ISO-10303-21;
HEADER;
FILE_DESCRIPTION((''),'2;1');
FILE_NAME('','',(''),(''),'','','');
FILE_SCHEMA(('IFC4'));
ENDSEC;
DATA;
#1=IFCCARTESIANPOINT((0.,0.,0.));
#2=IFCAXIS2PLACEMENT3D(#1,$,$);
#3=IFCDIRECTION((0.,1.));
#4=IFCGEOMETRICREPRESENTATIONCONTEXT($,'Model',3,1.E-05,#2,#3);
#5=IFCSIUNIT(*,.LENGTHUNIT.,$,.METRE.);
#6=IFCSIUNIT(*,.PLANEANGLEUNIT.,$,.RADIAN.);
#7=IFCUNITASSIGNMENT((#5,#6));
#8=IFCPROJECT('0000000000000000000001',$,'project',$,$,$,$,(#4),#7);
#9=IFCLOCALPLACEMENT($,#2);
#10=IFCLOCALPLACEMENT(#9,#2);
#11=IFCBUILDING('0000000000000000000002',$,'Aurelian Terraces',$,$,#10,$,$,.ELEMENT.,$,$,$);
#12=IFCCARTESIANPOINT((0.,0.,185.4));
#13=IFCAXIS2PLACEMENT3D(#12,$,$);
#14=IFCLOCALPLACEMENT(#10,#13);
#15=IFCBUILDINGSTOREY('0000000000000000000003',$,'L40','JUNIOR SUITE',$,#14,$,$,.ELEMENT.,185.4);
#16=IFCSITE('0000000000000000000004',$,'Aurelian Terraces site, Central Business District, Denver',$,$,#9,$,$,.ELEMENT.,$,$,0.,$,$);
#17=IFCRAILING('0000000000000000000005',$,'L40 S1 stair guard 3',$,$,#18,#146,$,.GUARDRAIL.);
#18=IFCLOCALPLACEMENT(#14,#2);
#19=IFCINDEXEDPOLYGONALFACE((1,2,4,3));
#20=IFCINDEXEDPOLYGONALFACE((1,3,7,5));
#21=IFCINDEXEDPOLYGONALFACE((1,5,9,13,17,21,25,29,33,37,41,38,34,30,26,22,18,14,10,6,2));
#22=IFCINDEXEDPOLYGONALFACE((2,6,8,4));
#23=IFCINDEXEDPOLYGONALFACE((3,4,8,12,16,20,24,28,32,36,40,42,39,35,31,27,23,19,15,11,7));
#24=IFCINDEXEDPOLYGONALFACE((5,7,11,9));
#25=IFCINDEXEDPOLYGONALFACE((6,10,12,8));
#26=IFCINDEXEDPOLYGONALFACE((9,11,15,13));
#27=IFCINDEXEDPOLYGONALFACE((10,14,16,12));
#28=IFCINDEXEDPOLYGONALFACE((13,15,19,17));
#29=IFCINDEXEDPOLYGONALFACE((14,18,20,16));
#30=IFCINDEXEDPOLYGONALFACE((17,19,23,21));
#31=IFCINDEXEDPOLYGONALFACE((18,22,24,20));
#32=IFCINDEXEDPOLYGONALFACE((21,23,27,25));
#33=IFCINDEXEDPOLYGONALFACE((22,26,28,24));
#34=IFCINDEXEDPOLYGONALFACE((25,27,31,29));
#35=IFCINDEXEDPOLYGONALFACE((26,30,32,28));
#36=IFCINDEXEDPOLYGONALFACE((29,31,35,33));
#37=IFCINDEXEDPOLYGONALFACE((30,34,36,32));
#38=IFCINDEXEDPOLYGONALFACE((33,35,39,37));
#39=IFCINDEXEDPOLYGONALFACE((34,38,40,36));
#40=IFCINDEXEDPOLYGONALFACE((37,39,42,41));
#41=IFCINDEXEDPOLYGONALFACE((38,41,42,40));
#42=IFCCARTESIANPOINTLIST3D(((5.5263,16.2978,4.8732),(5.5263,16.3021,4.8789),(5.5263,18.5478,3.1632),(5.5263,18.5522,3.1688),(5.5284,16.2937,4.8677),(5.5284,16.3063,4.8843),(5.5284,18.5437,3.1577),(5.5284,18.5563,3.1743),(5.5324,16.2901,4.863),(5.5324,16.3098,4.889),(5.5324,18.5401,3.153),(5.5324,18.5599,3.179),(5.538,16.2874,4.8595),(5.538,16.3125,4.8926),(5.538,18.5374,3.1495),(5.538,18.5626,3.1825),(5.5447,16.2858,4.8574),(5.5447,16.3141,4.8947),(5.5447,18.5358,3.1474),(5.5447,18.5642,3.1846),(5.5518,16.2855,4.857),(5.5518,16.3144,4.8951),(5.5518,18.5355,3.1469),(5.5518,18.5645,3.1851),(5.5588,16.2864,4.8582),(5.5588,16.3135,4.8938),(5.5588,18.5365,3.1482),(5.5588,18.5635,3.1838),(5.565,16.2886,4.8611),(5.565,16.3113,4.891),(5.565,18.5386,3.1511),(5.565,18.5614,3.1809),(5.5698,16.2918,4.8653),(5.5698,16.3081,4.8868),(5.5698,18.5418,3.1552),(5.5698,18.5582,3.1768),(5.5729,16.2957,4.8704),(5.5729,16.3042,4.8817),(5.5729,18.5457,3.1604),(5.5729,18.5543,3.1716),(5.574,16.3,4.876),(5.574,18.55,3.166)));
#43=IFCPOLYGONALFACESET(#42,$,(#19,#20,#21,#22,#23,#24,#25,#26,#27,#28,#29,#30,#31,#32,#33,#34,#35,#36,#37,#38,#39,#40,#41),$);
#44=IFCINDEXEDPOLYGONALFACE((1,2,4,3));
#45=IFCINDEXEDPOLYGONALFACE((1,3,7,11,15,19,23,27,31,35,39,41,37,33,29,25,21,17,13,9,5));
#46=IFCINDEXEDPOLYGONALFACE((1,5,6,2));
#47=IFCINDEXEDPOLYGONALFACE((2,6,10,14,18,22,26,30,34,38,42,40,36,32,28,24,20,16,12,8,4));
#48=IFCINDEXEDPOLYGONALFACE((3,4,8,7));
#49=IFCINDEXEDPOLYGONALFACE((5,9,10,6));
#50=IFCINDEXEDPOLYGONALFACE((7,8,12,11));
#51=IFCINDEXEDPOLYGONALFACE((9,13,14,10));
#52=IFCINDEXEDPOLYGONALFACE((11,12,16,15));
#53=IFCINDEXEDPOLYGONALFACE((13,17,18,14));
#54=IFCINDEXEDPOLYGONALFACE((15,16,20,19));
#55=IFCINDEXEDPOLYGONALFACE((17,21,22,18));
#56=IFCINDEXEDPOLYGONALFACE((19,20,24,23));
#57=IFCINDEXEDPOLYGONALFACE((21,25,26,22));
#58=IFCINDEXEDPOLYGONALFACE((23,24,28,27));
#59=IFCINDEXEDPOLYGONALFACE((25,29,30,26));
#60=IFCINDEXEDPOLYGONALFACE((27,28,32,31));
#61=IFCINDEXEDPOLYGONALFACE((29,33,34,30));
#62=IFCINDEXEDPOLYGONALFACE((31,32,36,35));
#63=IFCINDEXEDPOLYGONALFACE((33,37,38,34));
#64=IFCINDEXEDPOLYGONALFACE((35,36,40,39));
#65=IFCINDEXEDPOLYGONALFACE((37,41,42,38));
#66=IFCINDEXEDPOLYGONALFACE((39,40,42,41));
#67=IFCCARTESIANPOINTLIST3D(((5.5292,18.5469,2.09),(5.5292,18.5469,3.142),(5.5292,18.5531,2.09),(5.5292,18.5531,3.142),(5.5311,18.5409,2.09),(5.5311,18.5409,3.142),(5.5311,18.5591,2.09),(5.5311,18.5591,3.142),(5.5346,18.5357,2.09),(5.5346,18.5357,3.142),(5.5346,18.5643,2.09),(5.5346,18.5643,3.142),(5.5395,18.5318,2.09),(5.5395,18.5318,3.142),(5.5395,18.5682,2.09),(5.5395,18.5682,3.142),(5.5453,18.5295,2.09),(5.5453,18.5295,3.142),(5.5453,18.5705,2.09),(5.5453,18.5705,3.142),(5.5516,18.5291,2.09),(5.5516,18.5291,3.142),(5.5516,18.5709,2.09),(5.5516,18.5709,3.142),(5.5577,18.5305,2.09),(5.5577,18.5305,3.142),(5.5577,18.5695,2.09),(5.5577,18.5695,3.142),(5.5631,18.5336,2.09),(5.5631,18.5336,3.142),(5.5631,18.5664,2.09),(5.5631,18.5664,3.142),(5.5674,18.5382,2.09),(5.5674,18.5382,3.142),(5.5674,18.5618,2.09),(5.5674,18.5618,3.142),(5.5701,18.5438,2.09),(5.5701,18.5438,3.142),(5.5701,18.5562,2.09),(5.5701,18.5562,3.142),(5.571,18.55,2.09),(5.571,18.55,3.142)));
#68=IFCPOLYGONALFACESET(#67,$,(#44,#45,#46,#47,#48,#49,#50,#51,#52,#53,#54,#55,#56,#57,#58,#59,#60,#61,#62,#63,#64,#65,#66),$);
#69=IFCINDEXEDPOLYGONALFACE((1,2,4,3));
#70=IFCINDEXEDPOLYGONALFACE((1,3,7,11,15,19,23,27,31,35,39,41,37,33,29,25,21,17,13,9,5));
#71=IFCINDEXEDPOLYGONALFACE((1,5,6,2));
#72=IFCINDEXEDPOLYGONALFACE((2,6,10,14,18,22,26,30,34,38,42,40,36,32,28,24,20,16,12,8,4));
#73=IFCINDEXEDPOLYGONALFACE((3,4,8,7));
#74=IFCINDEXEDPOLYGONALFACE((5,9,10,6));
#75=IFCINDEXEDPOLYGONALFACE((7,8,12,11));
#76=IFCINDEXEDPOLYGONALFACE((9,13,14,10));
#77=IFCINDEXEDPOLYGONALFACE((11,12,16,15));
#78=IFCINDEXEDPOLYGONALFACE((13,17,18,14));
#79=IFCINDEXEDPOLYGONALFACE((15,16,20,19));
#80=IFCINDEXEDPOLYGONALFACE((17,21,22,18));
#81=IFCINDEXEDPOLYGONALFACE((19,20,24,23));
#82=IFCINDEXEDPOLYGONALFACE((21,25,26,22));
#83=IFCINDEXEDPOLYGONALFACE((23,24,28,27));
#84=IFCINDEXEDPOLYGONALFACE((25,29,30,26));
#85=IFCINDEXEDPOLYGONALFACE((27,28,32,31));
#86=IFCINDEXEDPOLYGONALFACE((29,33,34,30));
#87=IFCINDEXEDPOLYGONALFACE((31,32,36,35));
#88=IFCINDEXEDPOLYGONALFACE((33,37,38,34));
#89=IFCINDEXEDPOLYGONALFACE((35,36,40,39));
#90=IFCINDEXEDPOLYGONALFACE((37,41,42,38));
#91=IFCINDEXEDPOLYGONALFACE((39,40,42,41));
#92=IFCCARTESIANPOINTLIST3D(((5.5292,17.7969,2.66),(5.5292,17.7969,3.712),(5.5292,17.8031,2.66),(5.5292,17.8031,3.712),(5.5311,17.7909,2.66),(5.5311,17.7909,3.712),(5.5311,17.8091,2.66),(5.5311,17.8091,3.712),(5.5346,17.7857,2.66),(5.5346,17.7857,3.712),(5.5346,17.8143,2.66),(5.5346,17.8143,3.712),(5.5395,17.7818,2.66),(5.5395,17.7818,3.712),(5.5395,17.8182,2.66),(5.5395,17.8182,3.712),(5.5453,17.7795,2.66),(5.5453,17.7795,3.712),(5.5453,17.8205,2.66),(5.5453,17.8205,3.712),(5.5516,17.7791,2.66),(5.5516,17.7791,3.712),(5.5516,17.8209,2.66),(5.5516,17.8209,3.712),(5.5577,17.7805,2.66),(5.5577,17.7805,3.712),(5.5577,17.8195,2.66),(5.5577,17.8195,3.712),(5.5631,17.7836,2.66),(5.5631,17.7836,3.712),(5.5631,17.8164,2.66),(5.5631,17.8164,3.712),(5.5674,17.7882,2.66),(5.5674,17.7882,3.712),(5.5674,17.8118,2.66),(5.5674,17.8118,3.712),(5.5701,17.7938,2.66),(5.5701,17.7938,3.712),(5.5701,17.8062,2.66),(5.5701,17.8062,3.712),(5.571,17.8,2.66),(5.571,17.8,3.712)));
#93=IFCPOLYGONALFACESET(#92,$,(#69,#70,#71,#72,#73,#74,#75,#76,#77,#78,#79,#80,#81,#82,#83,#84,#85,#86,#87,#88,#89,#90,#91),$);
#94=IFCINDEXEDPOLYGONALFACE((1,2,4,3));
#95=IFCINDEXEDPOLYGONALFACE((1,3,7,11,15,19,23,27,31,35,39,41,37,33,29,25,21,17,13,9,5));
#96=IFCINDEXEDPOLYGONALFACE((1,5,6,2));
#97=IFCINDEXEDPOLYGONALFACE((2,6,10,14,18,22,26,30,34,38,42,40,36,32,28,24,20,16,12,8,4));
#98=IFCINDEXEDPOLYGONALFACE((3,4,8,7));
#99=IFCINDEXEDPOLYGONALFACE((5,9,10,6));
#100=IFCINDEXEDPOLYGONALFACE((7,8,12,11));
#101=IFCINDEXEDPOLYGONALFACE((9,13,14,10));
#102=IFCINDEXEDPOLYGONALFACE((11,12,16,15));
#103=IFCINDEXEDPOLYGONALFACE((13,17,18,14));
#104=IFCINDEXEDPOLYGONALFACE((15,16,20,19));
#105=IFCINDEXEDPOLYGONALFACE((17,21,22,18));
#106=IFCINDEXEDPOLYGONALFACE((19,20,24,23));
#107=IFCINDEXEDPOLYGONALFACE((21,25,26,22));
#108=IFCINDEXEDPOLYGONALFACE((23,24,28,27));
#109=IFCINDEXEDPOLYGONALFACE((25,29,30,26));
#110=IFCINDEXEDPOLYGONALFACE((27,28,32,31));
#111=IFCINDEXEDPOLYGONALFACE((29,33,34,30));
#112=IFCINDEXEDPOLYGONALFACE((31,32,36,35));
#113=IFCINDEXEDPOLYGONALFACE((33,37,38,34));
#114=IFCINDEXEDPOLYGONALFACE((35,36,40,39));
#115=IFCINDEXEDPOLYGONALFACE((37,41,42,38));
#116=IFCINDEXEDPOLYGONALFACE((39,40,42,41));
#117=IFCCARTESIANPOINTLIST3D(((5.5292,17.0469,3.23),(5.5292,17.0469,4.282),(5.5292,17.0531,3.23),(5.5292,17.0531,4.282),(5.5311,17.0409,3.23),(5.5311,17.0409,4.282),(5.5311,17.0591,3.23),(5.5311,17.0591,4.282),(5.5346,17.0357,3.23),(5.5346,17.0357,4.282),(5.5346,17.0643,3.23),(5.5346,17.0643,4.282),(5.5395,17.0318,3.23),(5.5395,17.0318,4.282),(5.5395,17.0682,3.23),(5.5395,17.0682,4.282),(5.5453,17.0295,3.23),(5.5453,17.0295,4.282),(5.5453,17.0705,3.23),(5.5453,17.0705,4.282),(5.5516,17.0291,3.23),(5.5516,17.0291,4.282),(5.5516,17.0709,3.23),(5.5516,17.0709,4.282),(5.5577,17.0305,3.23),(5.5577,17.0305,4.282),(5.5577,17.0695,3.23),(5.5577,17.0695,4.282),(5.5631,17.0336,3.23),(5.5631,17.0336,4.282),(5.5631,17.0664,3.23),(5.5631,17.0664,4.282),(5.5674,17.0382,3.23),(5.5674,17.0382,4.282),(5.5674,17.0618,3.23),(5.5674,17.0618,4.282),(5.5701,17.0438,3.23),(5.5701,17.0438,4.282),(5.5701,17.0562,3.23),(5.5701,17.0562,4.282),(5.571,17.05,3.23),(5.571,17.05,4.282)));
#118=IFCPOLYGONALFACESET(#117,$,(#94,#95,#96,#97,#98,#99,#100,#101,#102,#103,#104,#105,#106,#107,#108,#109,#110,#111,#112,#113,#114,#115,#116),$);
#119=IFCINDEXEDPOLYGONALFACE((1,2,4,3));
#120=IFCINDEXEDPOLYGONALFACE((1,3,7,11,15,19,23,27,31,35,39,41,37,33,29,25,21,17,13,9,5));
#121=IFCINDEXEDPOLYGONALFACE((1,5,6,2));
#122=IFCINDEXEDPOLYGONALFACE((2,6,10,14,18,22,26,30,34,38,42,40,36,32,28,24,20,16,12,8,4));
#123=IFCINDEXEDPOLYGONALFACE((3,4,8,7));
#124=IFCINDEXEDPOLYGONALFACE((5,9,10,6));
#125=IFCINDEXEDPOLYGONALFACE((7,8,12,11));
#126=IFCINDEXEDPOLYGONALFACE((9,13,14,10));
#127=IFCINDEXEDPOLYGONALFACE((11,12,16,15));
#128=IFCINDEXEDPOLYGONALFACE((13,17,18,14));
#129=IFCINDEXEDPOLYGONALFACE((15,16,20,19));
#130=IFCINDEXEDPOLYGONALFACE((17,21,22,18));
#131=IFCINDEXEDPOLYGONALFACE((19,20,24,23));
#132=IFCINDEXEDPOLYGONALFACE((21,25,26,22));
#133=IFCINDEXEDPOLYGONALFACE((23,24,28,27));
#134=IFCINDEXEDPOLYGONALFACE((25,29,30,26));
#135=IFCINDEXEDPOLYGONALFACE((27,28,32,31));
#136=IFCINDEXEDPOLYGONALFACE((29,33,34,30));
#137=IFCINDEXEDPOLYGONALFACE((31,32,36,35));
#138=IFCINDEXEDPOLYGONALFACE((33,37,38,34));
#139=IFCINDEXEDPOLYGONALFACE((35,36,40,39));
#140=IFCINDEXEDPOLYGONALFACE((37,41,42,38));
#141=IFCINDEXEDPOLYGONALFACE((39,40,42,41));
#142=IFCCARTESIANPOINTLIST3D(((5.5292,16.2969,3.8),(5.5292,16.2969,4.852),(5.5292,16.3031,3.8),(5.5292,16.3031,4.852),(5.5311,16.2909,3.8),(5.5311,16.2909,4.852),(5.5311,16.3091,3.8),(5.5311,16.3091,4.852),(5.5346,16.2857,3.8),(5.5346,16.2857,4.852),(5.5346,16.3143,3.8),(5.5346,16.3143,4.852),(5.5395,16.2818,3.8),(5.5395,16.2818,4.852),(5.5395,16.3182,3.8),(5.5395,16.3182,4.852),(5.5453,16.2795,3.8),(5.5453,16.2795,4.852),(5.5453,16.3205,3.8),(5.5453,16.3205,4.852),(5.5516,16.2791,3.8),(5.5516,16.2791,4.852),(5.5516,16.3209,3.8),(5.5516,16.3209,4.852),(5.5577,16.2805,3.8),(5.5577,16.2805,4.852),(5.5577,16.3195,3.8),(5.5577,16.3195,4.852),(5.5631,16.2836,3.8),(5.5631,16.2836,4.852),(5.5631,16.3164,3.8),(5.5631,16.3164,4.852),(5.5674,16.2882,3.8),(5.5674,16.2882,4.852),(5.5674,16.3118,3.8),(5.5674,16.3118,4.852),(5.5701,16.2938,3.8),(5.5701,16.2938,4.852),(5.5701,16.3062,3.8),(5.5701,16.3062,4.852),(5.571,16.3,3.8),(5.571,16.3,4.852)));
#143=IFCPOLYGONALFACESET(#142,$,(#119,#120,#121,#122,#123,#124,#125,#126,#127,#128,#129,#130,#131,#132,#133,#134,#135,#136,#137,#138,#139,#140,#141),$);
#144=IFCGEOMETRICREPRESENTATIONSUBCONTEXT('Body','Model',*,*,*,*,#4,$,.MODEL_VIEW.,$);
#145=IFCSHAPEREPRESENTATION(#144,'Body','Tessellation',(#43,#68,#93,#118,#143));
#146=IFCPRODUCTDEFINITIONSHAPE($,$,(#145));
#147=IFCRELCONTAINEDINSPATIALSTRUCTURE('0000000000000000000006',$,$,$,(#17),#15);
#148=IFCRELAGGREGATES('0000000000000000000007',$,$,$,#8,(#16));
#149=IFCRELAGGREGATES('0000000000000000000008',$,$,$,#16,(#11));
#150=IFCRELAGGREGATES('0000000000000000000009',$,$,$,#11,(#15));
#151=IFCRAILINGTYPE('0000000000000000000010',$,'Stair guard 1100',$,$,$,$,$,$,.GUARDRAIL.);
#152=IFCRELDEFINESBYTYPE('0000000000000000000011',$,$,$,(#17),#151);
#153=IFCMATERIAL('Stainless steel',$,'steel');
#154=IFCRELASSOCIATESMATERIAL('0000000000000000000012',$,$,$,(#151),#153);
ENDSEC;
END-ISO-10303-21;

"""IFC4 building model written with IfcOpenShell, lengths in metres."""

from ifc_helpers import new_model, si_unit, direction, frame, origin, origin_2d, place, context, subcontext, project, spatial, circle, extrude, source, transform, mapped, material, type_object, element, save


model = new_model("IFC4")

# Units and contexts
model_context = context("Model", 3, precision=1e-05, world=origin(), true_north=direction((0.0, 1.0)))
body_context = subcontext(model_context, "Body", "Model", "MODEL_VIEW")
ifc_project = project(units=[si_unit("LENGTHUNIT", "METRE"), si_unit("PLANEANGLEUNIT", "RADIAN")], contexts=[model_context])

# Site, building, storey
site_placement = place(None, origin())
site = spatial("IfcSite", under=ifc_project, at=site_placement, Name="Aurelian Terraces site, Central Business District, Denver", CompositionType="ELEMENT", RefElevation=0.0)
building_placement = place(site_placement, origin())
building = spatial("IfcBuilding", under=site, at=building_placement, Name="Aurelian Terraces", CompositionType="ELEMENT")
storey_placement = place(building_placement, frame((0.0, 0.0, 185.4)))
storey = spatial("IfcBuildingStorey", under=building, at=storey_placement, Name="L40", Description="JUNIOR SUITE", CompositionType="ELEMENT", Elevation=185.4)

# Shared definitions
ifc_material_1 = material(Name="Stainless steel", Category="steel")

# Railing
railing_type_1 = type_object("IfcRailingType", Name="Stair guard 1100", PredefinedType="GUARDRAIL", material=ifc_material_1)
shared_shape_1 = source(origin(), body_context, "Body", "SweptSolid", [
    extrude(circle(Radius=0.024, at=origin_2d()), frame((0.0, 0.0, 1.076), z_axis=(0.0, -0.796162, 0.605083), x_axis=(1.0, 0.0, 0.0)), (0.0, 0.0, 1.0), 2.8261),
    extrude(circle(Radius=0.021, at=origin_2d()), origin(), (0.0, 0.0, 1.0), 1.052),
    extrude(circle(Radius=0.021, at=origin_2d()), frame((0.0, -0.75, 0.57)), (0.0, 0.0, 1.0), 1.052),
    extrude(circle(Radius=0.021, at=origin_2d()), frame((0.0, -1.5, 1.14)), (0.0, 0.0, 1.0), 1.052),
    extrude(circle(Radius=0.021, at=origin_2d()), frame((0.0, -2.25, 1.71)), (0.0, 0.0, 1.0), 1.052),
])
railing_1_placement = place(storey_placement, frame((5.55, 18.55, 2.09)))
element("IfcRailing", 1, at=railing_1_placement, inside=storey, type_object=railing_type_1, Name="L40 S1 stair guard 3", PredefinedType="GUARDRAIL", context=body_context, shape_type="MappedRepresentation", body=[
    mapped(shared_shape_1, transform((0.0, 0.0, 0.0), scale=1.0)),
])

save(model, "model.ifc")
